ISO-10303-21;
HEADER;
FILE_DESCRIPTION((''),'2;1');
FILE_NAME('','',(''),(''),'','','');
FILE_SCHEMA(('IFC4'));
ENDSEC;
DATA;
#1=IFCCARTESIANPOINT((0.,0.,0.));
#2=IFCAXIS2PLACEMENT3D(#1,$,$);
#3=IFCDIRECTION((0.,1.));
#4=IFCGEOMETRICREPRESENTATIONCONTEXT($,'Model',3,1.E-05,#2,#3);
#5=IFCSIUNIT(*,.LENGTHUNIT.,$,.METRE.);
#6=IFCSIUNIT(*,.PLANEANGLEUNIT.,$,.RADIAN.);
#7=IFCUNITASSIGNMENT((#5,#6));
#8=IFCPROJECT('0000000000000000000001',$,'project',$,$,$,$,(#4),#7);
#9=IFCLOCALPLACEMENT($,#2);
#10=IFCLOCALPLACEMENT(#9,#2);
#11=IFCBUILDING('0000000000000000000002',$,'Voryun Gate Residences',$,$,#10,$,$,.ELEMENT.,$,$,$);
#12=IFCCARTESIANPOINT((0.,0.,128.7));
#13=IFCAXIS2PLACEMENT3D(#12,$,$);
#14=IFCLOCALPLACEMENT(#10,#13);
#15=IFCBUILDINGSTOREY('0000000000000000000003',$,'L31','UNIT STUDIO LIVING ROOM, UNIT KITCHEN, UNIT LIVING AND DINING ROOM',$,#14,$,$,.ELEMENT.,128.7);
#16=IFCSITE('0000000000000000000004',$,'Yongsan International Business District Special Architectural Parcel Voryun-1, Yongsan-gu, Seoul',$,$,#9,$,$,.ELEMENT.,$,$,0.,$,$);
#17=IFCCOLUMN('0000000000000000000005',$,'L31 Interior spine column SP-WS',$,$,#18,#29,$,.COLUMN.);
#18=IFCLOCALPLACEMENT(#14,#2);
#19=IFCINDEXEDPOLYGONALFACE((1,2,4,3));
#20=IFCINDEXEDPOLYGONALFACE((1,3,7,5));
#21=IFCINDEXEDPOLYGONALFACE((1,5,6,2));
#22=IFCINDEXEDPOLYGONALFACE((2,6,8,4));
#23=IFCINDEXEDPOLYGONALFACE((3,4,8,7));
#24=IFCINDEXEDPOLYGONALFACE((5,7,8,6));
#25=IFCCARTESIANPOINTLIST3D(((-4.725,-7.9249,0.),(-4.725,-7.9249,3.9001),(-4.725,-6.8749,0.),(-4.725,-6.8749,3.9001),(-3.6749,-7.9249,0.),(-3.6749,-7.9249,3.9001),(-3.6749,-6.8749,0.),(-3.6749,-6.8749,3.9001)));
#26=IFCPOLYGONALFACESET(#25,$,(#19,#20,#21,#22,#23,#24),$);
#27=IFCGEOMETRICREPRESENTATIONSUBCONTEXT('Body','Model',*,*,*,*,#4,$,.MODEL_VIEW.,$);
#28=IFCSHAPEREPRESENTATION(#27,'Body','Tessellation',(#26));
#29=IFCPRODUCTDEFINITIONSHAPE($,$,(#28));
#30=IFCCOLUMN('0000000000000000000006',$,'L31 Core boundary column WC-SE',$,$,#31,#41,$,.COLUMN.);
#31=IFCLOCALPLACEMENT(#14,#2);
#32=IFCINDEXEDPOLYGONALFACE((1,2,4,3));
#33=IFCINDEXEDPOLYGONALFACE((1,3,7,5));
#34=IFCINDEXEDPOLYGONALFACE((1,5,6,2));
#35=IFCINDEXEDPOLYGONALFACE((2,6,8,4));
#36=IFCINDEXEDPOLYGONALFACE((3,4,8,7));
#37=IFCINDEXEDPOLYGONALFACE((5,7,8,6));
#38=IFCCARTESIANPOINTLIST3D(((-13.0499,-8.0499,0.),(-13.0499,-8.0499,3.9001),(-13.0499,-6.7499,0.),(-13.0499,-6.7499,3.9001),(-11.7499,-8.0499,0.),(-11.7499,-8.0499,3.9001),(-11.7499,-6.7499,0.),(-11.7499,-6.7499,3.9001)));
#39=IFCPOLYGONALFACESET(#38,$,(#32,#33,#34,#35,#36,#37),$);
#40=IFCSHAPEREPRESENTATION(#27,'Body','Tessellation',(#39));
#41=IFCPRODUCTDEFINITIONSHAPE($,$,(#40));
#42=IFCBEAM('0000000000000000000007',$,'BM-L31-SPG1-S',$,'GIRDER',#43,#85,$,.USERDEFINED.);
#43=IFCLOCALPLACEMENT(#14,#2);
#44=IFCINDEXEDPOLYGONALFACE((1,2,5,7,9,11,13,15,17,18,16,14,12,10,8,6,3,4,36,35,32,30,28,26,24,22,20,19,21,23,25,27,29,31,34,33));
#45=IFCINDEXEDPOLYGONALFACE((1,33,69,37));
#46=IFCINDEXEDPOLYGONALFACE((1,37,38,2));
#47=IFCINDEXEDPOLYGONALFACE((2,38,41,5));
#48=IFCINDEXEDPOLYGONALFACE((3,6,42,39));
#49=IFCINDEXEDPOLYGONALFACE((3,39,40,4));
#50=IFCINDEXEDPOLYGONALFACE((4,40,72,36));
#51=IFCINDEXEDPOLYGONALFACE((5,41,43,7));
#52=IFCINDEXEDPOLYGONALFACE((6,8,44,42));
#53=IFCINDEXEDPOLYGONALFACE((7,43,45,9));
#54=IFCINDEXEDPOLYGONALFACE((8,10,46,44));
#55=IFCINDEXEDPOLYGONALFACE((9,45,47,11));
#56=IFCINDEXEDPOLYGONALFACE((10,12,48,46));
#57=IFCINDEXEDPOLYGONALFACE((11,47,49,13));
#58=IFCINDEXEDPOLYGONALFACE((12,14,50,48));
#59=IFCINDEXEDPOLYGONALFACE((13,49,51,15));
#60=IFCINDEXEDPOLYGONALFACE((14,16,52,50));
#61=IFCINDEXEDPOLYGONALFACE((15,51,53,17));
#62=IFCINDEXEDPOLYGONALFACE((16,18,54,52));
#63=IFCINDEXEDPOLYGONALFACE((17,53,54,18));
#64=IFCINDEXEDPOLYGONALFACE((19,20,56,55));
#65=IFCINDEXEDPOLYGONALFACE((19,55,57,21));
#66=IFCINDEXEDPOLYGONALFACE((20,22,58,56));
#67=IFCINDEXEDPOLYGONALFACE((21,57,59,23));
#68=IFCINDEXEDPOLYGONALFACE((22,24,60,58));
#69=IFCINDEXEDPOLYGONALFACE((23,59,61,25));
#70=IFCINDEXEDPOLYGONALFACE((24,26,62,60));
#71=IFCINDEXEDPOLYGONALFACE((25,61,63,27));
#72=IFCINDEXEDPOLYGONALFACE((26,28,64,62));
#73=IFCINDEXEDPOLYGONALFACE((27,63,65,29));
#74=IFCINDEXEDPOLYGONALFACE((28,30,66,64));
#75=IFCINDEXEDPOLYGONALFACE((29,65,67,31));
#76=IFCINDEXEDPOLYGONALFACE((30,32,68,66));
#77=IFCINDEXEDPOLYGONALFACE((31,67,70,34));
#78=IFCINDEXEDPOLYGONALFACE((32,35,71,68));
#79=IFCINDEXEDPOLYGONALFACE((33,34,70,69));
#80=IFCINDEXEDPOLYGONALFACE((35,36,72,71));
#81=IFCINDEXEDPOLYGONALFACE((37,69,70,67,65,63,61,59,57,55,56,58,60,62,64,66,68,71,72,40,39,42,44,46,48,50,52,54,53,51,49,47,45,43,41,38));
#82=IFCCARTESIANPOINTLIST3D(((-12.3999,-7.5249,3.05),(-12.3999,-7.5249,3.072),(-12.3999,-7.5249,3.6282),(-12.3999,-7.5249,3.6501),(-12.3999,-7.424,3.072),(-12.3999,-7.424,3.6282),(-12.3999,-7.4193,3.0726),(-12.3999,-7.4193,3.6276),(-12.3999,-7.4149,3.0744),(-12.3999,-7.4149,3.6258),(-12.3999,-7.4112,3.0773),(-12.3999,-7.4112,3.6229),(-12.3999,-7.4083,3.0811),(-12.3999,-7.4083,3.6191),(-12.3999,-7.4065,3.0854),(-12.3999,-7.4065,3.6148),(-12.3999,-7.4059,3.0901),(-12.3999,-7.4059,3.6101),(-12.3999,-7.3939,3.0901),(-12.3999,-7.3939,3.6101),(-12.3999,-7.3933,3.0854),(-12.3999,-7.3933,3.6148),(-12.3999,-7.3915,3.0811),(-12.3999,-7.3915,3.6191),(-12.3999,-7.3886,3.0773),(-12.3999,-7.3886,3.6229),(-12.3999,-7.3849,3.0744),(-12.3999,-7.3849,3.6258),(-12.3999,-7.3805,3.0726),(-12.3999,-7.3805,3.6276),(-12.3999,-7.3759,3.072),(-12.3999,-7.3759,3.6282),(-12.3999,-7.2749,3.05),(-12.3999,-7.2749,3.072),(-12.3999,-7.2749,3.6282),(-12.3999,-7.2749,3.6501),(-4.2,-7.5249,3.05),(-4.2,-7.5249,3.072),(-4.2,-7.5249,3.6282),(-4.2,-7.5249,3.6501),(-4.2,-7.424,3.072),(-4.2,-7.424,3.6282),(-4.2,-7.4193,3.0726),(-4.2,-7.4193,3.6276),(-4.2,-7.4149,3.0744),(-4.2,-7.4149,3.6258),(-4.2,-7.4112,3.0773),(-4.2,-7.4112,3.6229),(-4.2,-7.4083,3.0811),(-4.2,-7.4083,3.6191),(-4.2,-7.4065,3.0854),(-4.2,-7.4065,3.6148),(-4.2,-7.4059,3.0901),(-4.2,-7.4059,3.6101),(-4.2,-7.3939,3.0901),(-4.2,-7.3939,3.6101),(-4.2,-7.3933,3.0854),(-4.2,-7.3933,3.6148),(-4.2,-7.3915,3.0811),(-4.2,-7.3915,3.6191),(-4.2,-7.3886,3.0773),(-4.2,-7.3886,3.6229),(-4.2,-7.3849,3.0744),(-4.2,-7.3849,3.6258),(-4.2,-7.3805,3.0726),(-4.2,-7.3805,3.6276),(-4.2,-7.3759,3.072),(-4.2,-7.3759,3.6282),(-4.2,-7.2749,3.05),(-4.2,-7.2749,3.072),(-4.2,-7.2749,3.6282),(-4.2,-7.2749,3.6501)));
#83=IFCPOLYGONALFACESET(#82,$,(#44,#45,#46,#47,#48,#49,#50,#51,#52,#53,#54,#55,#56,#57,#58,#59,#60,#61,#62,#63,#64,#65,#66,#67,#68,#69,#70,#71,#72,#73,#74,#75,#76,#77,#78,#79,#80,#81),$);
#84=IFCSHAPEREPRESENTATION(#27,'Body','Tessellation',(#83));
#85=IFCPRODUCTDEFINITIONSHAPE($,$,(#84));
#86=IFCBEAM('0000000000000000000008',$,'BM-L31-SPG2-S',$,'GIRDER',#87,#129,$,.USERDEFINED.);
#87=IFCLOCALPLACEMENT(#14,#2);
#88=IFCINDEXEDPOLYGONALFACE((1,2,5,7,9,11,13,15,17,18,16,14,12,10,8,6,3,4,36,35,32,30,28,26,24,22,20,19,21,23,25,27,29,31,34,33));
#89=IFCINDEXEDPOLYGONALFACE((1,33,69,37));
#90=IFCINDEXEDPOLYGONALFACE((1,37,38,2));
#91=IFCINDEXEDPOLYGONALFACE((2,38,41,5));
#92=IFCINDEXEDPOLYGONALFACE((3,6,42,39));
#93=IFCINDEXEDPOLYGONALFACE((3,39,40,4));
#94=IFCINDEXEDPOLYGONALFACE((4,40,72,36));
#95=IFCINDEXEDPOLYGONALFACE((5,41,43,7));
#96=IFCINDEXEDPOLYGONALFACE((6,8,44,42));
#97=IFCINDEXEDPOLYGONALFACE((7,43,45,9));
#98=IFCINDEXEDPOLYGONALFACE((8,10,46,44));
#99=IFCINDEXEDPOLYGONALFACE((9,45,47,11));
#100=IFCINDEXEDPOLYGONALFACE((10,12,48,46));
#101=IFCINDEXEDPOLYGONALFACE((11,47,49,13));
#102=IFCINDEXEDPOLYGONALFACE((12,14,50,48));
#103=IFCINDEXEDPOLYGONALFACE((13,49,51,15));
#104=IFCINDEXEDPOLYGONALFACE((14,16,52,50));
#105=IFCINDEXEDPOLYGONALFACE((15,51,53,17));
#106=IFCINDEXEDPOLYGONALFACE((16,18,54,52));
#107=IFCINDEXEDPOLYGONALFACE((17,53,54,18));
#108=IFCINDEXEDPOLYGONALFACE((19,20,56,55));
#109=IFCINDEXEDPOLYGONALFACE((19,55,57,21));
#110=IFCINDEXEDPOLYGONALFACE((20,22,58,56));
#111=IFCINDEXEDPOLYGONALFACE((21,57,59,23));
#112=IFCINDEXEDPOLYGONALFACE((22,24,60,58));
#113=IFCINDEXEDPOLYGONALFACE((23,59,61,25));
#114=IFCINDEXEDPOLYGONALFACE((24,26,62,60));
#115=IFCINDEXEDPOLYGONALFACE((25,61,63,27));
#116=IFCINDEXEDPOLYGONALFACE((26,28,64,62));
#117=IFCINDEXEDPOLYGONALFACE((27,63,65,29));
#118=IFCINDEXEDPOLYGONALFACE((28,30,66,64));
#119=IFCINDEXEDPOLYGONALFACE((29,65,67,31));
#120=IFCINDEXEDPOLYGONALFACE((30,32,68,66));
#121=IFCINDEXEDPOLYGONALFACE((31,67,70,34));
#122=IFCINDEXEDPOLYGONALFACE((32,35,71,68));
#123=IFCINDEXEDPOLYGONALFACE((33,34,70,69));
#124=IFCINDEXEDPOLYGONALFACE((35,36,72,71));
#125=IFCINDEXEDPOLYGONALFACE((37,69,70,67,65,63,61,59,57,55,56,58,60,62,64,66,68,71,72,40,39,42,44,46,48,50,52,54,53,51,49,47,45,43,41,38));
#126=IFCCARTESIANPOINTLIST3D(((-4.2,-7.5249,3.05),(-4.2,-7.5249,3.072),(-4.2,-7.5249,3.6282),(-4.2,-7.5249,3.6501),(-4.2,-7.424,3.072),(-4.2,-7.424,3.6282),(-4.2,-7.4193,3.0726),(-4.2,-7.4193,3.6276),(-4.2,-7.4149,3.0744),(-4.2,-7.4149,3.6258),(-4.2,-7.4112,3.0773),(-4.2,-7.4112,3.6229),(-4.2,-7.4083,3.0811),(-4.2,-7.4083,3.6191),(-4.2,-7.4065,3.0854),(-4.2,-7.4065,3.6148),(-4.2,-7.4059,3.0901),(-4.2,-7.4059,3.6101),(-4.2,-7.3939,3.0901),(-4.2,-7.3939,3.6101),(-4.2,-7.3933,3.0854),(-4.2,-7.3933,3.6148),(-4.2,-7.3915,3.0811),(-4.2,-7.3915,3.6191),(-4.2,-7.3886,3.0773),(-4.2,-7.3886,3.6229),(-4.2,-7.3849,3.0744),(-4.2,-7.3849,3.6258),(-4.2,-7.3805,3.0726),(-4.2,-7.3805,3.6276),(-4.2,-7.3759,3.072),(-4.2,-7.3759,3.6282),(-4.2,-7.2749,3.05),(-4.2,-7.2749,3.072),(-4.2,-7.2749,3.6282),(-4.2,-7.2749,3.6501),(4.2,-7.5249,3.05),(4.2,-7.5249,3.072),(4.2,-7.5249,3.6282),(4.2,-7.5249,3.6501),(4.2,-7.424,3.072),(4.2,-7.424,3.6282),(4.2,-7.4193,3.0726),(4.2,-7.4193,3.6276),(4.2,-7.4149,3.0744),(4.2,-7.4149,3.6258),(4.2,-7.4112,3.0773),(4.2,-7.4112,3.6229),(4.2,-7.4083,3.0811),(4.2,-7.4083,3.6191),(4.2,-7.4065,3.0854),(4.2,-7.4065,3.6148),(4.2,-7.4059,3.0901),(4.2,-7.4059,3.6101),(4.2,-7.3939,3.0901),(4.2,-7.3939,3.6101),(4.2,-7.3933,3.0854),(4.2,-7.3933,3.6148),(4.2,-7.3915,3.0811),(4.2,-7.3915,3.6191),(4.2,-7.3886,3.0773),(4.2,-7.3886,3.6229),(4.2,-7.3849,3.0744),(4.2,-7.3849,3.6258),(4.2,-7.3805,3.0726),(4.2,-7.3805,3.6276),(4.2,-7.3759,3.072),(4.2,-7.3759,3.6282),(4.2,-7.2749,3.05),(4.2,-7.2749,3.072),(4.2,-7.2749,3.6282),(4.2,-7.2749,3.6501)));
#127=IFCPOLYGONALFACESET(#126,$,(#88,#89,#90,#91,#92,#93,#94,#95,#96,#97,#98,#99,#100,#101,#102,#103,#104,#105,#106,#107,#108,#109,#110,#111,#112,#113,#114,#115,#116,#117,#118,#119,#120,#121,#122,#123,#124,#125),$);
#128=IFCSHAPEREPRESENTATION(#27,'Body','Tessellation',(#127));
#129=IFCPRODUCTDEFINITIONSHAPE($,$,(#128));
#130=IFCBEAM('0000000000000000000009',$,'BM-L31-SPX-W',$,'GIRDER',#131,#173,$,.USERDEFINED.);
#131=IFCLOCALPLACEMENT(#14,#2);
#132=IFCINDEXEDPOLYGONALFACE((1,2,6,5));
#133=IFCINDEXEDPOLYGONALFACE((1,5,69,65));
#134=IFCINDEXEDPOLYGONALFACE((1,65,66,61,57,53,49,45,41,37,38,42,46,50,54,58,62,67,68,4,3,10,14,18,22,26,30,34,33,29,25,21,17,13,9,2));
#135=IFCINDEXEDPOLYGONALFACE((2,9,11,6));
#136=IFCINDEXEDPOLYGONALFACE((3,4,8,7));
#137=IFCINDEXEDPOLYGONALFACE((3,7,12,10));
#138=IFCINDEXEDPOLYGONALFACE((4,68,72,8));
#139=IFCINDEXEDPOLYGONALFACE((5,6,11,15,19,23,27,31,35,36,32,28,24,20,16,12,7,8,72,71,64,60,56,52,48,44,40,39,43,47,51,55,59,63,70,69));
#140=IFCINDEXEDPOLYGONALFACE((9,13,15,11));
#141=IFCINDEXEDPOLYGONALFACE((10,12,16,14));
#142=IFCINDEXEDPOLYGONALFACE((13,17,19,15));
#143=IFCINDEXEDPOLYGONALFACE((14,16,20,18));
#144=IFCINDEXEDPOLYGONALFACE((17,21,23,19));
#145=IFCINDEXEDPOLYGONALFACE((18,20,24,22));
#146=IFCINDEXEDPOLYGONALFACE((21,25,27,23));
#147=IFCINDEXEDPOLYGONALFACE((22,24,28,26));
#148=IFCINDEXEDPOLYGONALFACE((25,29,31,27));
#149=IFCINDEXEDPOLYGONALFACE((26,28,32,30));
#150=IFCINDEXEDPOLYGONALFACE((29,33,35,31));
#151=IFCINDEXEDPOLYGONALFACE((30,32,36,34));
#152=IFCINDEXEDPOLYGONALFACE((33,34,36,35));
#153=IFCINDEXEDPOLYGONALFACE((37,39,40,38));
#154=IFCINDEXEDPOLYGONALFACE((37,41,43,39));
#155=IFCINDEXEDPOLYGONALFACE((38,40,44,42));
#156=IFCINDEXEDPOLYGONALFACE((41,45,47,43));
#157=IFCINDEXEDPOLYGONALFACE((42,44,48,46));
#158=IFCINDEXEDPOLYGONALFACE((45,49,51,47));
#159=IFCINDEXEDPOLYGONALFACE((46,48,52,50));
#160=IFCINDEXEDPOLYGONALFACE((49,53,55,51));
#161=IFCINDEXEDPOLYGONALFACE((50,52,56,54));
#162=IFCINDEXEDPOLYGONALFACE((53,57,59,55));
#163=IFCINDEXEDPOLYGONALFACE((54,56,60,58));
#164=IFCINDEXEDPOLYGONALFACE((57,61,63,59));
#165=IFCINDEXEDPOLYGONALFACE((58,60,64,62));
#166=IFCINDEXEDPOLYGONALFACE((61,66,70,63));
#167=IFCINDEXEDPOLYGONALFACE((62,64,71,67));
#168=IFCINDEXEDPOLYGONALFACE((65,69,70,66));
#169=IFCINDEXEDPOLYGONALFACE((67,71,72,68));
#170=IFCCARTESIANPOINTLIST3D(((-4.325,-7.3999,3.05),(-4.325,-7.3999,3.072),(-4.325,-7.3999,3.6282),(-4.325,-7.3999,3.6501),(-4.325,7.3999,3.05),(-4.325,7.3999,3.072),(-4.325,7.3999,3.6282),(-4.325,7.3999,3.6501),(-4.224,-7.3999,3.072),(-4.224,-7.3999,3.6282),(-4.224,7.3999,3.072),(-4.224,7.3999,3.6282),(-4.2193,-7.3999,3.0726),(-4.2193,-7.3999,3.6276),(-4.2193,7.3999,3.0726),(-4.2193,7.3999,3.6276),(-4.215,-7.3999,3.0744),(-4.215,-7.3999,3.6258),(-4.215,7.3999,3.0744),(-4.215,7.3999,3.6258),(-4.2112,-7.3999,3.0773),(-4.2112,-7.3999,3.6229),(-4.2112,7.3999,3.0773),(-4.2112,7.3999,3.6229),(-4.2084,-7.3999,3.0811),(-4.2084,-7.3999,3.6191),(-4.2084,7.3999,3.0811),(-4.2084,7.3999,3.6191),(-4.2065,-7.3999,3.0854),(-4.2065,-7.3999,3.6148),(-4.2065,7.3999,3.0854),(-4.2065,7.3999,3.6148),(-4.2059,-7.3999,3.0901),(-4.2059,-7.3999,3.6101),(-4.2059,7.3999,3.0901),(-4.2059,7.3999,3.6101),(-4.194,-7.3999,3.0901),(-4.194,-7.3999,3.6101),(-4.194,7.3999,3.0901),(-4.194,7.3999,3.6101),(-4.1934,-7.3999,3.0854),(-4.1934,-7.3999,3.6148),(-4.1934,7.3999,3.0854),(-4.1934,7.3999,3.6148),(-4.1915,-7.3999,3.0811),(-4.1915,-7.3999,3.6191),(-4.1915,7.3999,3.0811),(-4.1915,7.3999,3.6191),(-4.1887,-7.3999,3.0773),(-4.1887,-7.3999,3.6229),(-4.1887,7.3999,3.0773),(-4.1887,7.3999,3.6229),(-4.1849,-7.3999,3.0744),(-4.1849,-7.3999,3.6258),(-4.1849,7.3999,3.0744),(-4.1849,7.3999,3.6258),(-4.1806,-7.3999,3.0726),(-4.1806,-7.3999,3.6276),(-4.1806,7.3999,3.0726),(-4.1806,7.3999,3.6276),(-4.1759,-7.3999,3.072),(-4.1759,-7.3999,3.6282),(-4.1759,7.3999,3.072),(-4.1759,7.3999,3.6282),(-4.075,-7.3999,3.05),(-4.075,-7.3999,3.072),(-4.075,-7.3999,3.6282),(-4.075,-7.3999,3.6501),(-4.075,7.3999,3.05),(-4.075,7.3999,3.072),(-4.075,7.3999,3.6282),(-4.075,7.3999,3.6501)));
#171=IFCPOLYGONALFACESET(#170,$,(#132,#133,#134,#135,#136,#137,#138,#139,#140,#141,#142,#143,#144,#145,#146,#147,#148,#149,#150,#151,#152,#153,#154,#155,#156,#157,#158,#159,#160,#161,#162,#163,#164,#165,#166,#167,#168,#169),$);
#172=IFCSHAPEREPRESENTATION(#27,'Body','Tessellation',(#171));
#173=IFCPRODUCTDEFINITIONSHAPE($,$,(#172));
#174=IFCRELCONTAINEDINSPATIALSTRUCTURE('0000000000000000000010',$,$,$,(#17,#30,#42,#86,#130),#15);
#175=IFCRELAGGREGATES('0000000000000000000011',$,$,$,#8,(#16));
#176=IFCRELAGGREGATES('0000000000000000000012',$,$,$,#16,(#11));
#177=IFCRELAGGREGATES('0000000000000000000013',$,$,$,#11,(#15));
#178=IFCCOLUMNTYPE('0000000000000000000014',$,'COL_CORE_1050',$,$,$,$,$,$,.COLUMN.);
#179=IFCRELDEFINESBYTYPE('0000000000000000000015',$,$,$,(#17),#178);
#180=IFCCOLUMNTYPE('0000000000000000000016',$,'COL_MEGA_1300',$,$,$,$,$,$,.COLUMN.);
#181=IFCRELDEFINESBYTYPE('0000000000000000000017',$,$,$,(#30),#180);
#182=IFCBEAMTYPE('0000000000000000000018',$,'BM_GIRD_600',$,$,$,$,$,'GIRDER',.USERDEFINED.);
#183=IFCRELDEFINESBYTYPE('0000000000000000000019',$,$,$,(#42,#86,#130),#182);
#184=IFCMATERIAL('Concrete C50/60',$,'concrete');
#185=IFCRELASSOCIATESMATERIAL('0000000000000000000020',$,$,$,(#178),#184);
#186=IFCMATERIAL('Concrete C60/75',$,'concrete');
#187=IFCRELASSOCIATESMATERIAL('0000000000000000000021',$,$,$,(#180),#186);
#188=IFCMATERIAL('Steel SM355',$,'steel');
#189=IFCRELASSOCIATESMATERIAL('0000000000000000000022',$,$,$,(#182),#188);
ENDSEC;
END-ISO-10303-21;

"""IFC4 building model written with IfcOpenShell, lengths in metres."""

from ifc_helpers import new_model, si_unit, direction, frame, origin, origin_2d, place, context, subcontext, project, spatial, rectangle, i_section, extrude, material, material_profile, profile_set, type_object, element, save


model = new_model("IFC4")

# Units and contexts
model_context = context("Model", 3, precision=1e-05, world=origin(), true_north=direction((0.0, 1.0)))
body_context = subcontext(model_context, "Body", "Model", "MODEL_VIEW")
ifc_project = project(units=[si_unit("LENGTHUNIT", "METRE"), si_unit("PLANEANGLEUNIT", "RADIAN")], contexts=[model_context])

# Site, building, storey
site_placement = place(None, origin())
site = spatial("IfcSite", under=ifc_project, at=site_placement, Name="Yongsan International Business District Special Architectural Parcel Voryun-1, Yongsan-gu, Seoul", CompositionType="ELEMENT", RefElevation=0.0)
building_placement = place(site_placement, origin())
building = spatial("IfcBuilding", under=site, at=building_placement, Name="Voryun Gate Residences", CompositionType="ELEMENT")
storey_placement = place(building_placement, frame((0.0, 0.0, 128.7)))
storey = spatial("IfcBuildingStorey", under=building, at=storey_placement, Name="L31", Description="UNIT STUDIO LIVING ROOM, UNIT KITCHEN, UNIT LIVING AND DINING ROOM", CompositionType="ELEMENT", Elevation=128.7)

# Columns
ifc_material_1 = material(Name="Concrete C50/60", Category="concrete")
ifc_material_profile_1 = material_profile(ifc_material_1, rectangle(XDim=1.05, YDim=1.05, at=origin_2d()), Name="RC-1050x1050")
ifc_profile_set_1 = profile_set([ifc_material_profile_1], Name="Concrete C50/60")
column_type_1 = type_object("IfcColumnType", Name="COL_CORE_1050", PredefinedType="COLUMN", material=ifc_profile_set_1)
column_1_placement = place(storey_placement, frame((-4.2, -7.3999, 0.0), z_axis=(0.0, 0.0, 1.0), x_axis=(1.0, 0.0, 0.0)))
element("IfcColumn", 1, at=column_1_placement, inside=storey, type_object=column_type_1, Name="L31 Interior spine column SP-WS", PredefinedType="COLUMN", context=body_context, shape_type="SweptSolid", body=[
    extrude(rectangle(XDim=1.05, YDim=1.05, at=origin_2d()), origin(), (0.0, 0.0, 1.0), 3.9001),
])
ifc_material_2 = material(Name="Concrete C60/75", Category="concrete")
ifc_material_profile_2 = material_profile(ifc_material_2, rectangle(XDim=1.3, YDim=1.3, at=origin_2d()), Name="RC-1300x1300")
ifc_profile_set_2 = profile_set([ifc_material_profile_2], Name="Concrete C60/75")
column_type_2 = type_object("IfcColumnType", Name="COL_MEGA_1300", PredefinedType="COLUMN", material=ifc_profile_set_2)
column_2_placement = place(storey_placement, frame((-12.3999, -7.3999, 0.0), z_axis=(0.0, 0.0, 1.0), x_axis=(1.0, 0.0, 0.0)))
element("IfcColumn", 2, at=column_2_placement, inside=storey, type_object=column_type_2, Name="L31 Core boundary column WC-SE", PredefinedType="COLUMN", context=body_context, shape_type="SweptSolid", body=[
    extrude(rectangle(XDim=1.3, YDim=1.3, at=origin_2d()), origin(), (0.0, 0.0, 1.0), 3.9001),
])

# Beams
ifc_material_3 = material(Name="Steel SM355", Category="steel")
ifc_material_profile_3 = material_profile(ifc_material_3, i_section(OverallWidth=0.25, OverallDepth=0.6001, WebThickness=0.012, FlangeThickness=0.022, FilletRadius=0.0181, at=origin_2d()), Name="H-600x250x12x22")
ifc_profile_set_3 = profile_set([ifc_material_profile_3], Name="Steel SM355")
beam_type_1 = type_object("IfcBeamType", Name="BM_GIRD_600", ElementType="GIRDER", PredefinedType="USERDEFINED", material=ifc_profile_set_3)
beam_1_placement = place(storey_placement, frame((-12.3999, -7.3999, 3.3501), z_axis=(1.0, 0.0, 0.0), x_axis=(0.0, 1.0, 0.0)))
element("IfcBeam", 3, at=beam_1_placement, inside=storey, type_object=beam_type_1, Name="BM-L31-SPG1-S", ObjectType="GIRDER", PredefinedType="USERDEFINED", context=body_context, shape_type="SweptSolid", body=[
    extrude(i_section(OverallWidth=0.25, OverallDepth=0.6001, WebThickness=0.012, FlangeThickness=0.022, FilletRadius=0.0181, at=origin_2d()), origin(), (0.0, 0.0, 1.0), 8.2),
])
beam_2_placement = place(storey_placement, frame((-4.2, -7.3999, 3.3501), z_axis=(1.0, 0.0, 0.0), x_axis=(0.0, 1.0, 0.0)))
element("IfcBeam", 4, at=beam_2_placement, inside=storey, type_object=beam_type_1, Name="BM-L31-SPG2-S", ObjectType="GIRDER", PredefinedType="USERDEFINED", context=body_context, shape_type="SweptSolid", body=[
    extrude(i_section(OverallWidth=0.25, OverallDepth=0.6001, WebThickness=0.012, FlangeThickness=0.022, FilletRadius=0.0181, at=origin_2d()), origin(), (0.0, 0.0, 1.0), 8.3999),
])
beam_3_placement = place(storey_placement, frame((-4.2, -7.3999, 3.3501), z_axis=(0.0, 1.0, 0.0), x_axis=(-1.0, 0.0, 0.0)))
element("IfcBeam", 5, at=beam_3_placement, inside=storey, type_object=beam_type_1, Name="BM-L31-SPX-W", ObjectType="GIRDER", PredefinedType="USERDEFINED", context=body_context, shape_type="SweptSolid", body=[
    extrude(i_section(OverallWidth=0.25, OverallDepth=0.6001, WebThickness=0.012, FlangeThickness=0.022, FilletRadius=0.0181, at=origin_2d()), origin(), (0.0, 0.0, 1.0), 14.7998),
])

save(model, "model.ifc")
